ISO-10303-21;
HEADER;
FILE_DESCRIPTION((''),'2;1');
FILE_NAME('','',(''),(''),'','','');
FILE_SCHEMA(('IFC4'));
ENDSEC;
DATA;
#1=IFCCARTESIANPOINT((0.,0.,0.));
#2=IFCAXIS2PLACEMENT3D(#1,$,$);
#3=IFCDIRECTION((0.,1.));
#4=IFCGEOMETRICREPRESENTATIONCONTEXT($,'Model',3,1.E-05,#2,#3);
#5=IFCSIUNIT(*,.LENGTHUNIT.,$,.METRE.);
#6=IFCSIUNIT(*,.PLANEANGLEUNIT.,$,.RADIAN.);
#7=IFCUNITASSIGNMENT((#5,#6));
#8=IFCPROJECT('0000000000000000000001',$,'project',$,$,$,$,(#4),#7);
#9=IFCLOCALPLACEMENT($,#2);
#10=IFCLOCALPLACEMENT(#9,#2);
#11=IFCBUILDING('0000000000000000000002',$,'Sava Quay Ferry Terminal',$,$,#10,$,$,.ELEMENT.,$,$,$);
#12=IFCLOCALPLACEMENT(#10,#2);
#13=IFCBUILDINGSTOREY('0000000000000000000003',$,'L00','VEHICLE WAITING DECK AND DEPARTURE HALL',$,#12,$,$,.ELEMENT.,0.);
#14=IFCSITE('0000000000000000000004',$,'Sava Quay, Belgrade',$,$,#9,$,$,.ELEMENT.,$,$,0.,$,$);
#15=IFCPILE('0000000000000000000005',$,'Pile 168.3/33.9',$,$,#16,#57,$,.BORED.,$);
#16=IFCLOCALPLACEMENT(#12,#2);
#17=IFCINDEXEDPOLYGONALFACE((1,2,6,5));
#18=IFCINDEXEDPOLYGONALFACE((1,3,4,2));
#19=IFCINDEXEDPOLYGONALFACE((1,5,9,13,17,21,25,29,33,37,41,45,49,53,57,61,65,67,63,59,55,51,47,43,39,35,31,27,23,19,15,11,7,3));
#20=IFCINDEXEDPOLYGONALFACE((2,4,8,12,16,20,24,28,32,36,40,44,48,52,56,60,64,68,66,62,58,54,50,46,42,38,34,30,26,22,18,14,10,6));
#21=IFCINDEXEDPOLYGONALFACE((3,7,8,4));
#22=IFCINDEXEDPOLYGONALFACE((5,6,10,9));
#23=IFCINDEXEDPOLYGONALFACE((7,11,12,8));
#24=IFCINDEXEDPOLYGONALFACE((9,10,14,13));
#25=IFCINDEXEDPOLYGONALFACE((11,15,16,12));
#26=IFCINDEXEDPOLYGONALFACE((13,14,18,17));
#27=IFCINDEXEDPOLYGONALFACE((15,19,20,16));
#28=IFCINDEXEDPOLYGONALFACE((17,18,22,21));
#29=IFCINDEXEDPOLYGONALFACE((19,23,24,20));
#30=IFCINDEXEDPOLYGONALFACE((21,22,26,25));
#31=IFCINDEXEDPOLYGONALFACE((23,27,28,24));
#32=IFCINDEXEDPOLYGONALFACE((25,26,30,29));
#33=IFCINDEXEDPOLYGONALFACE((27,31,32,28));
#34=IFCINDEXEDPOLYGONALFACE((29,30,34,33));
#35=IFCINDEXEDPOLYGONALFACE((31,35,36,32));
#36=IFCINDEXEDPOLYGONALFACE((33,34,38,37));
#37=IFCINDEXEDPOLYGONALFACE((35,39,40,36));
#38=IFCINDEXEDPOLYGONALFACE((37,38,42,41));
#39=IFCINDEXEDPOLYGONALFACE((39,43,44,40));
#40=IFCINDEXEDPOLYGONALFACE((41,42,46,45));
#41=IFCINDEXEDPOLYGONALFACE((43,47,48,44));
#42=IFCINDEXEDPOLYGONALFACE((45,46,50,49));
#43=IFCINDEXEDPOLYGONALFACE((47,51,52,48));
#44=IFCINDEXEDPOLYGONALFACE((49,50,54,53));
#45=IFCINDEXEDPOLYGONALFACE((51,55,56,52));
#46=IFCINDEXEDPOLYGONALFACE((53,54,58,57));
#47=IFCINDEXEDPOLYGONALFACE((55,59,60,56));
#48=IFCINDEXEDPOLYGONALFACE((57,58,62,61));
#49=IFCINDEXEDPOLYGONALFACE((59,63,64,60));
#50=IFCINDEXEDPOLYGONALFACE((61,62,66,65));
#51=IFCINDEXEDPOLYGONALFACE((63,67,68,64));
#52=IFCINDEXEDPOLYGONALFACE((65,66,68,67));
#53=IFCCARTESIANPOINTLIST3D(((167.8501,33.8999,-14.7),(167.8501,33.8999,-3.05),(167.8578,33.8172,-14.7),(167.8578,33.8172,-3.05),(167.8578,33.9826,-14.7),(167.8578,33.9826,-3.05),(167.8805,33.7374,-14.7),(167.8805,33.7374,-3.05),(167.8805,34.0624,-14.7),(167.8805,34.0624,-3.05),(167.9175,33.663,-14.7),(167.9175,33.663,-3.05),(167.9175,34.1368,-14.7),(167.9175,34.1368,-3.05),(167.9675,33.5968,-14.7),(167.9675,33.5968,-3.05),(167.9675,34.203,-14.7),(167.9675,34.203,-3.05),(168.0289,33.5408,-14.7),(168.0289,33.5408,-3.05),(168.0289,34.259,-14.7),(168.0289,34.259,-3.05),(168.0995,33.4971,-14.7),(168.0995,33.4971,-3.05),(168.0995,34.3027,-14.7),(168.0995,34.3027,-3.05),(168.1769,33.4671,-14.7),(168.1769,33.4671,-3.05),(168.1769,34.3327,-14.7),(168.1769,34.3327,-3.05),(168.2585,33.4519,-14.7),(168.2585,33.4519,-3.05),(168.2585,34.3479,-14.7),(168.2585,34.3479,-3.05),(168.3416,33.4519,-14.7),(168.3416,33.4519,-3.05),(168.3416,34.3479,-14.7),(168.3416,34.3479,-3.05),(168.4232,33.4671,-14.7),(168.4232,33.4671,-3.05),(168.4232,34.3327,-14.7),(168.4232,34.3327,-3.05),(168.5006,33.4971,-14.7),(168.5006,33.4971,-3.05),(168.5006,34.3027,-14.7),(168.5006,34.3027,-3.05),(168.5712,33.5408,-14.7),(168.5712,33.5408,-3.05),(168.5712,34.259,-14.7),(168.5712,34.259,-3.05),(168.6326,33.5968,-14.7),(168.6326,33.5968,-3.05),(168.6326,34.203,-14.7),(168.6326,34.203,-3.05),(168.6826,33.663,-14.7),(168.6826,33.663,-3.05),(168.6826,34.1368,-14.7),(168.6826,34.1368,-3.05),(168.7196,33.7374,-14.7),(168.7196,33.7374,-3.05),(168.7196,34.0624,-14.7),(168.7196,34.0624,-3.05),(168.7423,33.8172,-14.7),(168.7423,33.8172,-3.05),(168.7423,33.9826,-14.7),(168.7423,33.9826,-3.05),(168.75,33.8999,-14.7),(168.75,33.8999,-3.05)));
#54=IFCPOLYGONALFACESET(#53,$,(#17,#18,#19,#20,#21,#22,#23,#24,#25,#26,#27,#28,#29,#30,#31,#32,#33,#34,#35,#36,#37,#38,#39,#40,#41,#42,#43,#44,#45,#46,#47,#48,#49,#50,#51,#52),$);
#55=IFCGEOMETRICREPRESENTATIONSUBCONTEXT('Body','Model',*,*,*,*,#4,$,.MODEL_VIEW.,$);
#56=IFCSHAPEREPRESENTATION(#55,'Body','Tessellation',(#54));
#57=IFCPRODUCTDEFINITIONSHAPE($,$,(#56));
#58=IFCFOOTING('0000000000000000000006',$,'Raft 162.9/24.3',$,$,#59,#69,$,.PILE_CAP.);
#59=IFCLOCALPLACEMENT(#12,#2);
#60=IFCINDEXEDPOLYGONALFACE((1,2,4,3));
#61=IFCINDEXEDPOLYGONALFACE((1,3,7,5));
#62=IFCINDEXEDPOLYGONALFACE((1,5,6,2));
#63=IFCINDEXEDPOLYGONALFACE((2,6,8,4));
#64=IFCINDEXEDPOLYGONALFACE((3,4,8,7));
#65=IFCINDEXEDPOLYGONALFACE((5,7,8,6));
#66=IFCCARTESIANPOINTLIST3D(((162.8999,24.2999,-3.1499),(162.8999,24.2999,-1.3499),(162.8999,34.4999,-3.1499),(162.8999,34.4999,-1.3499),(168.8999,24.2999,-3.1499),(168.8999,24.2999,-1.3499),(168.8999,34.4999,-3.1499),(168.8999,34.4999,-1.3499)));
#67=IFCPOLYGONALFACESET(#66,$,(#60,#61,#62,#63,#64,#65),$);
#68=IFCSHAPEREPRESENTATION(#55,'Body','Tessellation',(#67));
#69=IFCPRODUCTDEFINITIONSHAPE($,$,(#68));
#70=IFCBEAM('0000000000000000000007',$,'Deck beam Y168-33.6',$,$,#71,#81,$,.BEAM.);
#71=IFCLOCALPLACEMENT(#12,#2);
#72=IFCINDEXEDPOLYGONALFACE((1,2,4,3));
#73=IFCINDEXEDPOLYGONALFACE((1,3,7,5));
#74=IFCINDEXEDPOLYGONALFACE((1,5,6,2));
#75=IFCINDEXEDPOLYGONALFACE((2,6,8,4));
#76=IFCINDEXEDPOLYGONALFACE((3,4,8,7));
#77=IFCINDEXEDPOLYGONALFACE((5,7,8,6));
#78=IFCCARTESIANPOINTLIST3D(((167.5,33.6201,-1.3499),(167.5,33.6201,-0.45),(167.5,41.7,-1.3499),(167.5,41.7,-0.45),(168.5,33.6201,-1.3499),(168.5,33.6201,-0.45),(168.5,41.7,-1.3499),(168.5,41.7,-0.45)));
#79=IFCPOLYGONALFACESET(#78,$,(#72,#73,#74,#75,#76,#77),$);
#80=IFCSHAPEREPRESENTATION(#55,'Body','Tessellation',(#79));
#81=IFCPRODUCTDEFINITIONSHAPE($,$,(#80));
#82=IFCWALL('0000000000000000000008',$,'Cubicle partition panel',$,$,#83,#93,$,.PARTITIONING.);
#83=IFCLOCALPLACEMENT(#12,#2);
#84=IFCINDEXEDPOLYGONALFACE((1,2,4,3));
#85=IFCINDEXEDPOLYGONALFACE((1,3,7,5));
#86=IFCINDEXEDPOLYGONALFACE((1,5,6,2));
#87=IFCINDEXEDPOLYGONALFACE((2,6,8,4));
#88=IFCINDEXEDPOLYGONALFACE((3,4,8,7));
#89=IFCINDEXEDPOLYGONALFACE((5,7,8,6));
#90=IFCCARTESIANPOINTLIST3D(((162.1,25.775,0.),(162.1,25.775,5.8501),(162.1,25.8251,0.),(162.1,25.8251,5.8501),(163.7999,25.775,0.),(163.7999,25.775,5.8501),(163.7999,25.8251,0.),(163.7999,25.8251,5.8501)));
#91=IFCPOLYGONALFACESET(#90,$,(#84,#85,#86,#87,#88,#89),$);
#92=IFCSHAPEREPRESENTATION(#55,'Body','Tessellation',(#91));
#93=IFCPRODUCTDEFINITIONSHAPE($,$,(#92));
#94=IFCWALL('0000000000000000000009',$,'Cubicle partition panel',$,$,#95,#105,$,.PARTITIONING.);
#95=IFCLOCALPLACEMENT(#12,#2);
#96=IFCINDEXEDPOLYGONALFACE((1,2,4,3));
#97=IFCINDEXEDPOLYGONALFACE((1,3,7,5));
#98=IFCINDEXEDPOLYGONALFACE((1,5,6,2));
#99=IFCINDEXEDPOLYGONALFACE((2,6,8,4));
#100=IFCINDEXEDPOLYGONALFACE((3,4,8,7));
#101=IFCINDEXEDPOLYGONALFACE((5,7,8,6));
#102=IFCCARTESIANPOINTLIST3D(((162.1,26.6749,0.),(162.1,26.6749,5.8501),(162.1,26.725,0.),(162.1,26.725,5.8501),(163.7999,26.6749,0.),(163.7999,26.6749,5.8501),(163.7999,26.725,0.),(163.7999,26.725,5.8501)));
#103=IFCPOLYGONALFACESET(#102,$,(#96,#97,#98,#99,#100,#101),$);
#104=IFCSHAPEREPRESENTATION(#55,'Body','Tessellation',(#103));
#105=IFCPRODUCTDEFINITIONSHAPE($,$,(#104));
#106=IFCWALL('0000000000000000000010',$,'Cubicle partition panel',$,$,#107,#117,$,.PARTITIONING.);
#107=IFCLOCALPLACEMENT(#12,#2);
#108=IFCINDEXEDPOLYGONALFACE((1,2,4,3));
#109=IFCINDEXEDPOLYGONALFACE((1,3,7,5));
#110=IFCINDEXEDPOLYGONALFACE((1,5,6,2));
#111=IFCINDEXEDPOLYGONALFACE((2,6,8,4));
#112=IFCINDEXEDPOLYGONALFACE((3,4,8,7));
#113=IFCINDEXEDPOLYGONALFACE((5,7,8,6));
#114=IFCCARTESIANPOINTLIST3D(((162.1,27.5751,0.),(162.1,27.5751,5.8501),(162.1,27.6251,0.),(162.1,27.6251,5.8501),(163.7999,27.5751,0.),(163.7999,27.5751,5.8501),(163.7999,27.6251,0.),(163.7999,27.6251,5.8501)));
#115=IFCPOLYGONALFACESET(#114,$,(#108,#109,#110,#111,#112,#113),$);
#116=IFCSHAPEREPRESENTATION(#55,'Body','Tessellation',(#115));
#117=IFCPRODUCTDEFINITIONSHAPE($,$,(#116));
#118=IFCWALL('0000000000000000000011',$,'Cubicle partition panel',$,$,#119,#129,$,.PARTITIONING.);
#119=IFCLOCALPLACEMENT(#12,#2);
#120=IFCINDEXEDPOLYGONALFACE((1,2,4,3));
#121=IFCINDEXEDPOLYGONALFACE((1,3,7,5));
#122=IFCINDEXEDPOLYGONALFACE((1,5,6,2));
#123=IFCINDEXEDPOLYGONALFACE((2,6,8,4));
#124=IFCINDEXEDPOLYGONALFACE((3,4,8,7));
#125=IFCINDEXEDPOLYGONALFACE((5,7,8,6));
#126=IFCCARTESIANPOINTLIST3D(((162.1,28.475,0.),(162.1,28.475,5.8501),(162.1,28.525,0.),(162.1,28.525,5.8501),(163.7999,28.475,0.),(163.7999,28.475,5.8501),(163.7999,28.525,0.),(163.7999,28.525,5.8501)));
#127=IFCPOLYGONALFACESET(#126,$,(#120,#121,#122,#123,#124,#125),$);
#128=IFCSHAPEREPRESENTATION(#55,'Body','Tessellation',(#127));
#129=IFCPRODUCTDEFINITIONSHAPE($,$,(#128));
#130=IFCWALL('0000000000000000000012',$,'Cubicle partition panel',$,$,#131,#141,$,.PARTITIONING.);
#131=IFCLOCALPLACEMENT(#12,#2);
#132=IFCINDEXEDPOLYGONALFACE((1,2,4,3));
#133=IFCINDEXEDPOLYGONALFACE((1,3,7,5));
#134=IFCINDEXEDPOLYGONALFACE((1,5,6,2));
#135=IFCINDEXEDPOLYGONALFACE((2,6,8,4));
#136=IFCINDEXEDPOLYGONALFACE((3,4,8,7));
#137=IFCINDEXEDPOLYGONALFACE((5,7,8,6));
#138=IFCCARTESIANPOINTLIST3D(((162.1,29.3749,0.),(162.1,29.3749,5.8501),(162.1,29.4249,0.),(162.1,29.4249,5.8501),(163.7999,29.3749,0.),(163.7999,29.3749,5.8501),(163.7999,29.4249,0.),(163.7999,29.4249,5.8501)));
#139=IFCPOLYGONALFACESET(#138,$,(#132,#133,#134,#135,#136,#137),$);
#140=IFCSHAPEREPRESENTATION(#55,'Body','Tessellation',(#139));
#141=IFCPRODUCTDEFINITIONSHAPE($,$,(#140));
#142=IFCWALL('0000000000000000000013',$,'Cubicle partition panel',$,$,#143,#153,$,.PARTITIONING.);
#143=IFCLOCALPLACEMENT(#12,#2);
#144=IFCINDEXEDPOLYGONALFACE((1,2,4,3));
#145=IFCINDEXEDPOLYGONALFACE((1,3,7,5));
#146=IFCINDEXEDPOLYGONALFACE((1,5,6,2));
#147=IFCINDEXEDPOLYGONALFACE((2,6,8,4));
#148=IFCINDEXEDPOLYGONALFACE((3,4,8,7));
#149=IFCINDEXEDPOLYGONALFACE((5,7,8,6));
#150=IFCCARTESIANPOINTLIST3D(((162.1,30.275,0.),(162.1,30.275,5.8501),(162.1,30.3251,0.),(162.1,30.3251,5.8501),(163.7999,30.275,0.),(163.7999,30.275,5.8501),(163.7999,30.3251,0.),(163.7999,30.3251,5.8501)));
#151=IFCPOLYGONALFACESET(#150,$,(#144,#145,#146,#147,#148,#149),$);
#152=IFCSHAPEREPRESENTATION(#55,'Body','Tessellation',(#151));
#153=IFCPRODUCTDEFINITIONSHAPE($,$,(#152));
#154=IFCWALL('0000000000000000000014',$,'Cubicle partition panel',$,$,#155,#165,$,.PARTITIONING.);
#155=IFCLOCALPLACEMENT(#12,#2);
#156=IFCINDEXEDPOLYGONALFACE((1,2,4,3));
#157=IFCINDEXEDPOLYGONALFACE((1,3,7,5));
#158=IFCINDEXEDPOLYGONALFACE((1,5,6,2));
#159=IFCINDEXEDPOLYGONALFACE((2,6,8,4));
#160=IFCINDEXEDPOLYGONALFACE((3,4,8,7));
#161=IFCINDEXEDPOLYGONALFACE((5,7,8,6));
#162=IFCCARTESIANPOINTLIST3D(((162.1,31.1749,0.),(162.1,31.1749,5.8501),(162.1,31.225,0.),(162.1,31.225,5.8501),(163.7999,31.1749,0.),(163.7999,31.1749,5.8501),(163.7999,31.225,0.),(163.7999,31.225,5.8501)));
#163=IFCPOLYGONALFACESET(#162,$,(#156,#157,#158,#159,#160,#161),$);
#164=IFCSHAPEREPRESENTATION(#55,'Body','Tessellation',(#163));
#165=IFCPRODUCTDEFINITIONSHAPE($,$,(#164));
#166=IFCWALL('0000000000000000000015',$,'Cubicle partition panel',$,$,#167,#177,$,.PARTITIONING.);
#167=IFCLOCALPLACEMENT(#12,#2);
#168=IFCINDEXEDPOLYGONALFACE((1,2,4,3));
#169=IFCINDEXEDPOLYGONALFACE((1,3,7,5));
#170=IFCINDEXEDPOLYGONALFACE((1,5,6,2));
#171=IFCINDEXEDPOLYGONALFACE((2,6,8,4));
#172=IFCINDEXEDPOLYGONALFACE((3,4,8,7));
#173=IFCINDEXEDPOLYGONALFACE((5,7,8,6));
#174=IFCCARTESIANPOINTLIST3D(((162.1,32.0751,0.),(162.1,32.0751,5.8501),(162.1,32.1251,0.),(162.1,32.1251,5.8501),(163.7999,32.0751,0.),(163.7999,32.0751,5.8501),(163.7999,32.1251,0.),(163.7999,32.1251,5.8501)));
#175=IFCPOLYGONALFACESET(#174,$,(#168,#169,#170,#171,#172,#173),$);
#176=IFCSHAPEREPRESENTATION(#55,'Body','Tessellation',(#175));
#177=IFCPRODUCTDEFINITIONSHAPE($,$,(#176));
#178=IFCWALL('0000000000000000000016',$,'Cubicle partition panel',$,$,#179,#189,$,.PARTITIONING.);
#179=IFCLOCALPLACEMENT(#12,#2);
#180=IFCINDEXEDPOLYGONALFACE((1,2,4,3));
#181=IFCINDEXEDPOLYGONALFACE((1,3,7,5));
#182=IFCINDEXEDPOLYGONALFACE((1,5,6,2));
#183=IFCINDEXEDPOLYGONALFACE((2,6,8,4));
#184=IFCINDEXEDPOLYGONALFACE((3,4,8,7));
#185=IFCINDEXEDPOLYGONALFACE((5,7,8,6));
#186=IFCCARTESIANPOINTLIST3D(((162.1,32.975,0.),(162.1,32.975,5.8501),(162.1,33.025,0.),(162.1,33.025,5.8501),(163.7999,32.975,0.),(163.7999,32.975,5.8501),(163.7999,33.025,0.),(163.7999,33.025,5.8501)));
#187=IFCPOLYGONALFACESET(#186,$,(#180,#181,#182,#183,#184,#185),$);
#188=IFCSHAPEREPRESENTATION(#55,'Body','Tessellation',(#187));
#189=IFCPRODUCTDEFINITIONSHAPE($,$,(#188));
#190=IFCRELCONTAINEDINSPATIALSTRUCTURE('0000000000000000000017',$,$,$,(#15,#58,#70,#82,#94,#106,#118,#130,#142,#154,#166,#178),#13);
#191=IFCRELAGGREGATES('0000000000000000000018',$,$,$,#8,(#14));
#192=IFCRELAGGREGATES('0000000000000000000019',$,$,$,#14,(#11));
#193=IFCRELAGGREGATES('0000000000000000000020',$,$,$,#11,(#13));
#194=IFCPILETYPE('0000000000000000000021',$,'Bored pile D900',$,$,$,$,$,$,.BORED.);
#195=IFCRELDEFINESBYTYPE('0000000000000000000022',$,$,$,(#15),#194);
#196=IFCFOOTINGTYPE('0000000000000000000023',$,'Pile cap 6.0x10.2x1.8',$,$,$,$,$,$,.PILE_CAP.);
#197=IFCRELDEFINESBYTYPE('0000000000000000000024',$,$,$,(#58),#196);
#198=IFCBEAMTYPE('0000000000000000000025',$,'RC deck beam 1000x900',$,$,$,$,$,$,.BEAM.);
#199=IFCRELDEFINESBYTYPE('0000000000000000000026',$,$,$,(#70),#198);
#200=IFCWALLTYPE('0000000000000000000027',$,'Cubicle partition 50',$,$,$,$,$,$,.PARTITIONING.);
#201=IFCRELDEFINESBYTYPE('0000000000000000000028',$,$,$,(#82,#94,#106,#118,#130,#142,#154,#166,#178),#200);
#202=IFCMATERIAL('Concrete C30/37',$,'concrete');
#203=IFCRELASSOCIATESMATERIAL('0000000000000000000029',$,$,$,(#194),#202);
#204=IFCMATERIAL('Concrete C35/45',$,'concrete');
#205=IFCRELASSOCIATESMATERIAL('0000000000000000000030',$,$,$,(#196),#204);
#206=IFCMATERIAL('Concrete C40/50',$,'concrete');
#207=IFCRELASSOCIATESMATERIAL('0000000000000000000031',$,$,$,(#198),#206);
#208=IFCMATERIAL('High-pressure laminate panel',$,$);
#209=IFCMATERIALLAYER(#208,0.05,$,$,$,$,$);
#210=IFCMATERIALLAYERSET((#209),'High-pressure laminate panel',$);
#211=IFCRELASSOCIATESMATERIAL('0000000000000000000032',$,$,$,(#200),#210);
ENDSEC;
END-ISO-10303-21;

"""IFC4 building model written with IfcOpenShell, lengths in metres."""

from ifc_helpers import new_model, si_unit, direction, frame, frame_2d, origin, origin_2d, place, context, subcontext, project, spatial, rectangle, circle, extrude, material, layer, layer_set, material_profile, profile_set, type_object, element, save


model = new_model("IFC4")

# Units and contexts
model_context = context("Model", 3, precision=1e-05, world=origin(), true_north=direction((0.0, 1.0)))
body_context = subcontext(model_context, "Body", "Model", "MODEL_VIEW")
ifc_project = project(units=[si_unit("LENGTHUNIT", "METRE"), si_unit("PLANEANGLEUNIT", "RADIAN")], contexts=[model_context])

# Site, building, storey
site_placement = place(None, origin())
site = spatial("IfcSite", under=ifc_project, at=site_placement, Name="Sava Quay, Belgrade", CompositionType="ELEMENT", RefElevation=0.0)
building_placement = place(site_placement, origin())
building = spatial("IfcBuilding", under=site, at=building_placement, Name="Sava Quay Ferry Terminal", CompositionType="ELEMENT")
storey_placement = place(building_placement, origin())
storey = spatial("IfcBuildingStorey", under=building, at=storey_placement, Name="L00", Description="VEHICLE WAITING DECK AND DEPARTURE HALL", CompositionType="ELEMENT", Elevation=0.0)

# Pile
ifc_material_1 = material(Name="Concrete C30/37", Category="concrete")
ifc_material_profile_1 = material_profile(ifc_material_1, circle(Radius=0.45, at=origin_2d()), Name="Bored pile D900")
ifc_profile_set_1 = profile_set([ifc_material_profile_1], Name="Concrete C30/37")
pile_type = type_object("IfcPileType", Name="Bored pile D900", PredefinedType="BORED", material=ifc_profile_set_1)
for number, where, z_axis, x_axis, name in (
    (1, (168.3, 33.8999, -3.05), (0.0, 0.0, -1.0), (1.0, 0.0, 0.0), "Pile 168.3/33.9"),
):
    element("IfcPile", number, at=place(storey_placement, frame(where, z_axis=z_axis, x_axis=x_axis)), inside=storey, type_object=pile_type, Name=name, PredefinedType="BORED", context=body_context, shape_type="SweptSolid", body=[
        extrude(circle(Radius=0.45, at=origin_2d()), origin(), (0.0, 0.0, 1.0), 11.6499),
    ])

# Footing
ifc_material_2 = material(Name="Concrete C35/45", Category="concrete")
footing_type = type_object("IfcFootingType", Name="Pile cap 6.0x10.2x1.8", PredefinedType="PILE_CAP", material=ifc_material_2)
footing_placement = place(storey_placement, frame((165.8999, 29.3999, -3.1499), z_axis=(0.0, 0.0, 1.0), x_axis=(1.0, 0.0, 0.0)))
element("IfcFooting", 2, at=footing_placement, inside=storey, type_object=footing_type, Name="Raft 162.9/24.3", PredefinedType="PILE_CAP", context=body_context, shape_type="SweptSolid", body=[
    extrude(rectangle(XDim=6.0, YDim=10.2, at=origin_2d()), origin(), (0.0, 0.0, 1.0), 1.8),
])

# Beam
ifc_material_3 = material(Name="Concrete C40/50", Category="concrete")
ifc_material_profile_2 = material_profile(ifc_material_3, rectangle(XDim=1.0, YDim=0.8999, at=origin_2d()), Name="RC 1000x900")
ifc_profile_set_2 = profile_set([ifc_material_profile_2], Name="Concrete C40/50")
beam_type = type_object("IfcBeamType", Name="RC deck beam 1000x900", PredefinedType="BEAM", material=ifc_profile_set_2)
beam_placement = place(storey_placement, frame((168.0, 33.6201, -0.8999), z_axis=(0.0, 1.0, 0.0), x_axis=(-1.0, 0.0, 0.0)))
element("IfcBeam", 3, at=beam_placement, inside=storey, type_object=beam_type, Name="Deck beam Y168-33.6", PredefinedType="BEAM", context=body_context, shape_type="SweptSolid", body=[
    extrude(rectangle(XDim=1.0, YDim=0.8999, at=origin_2d()), origin(), (0.0, 0.0, 1.0), 8.0798),
])

# Walls
ifc_material_4 = material(Name="High-pressure laminate panel")
ifc_layer_1 = layer(ifc_material_4, 0.05)
ifc_layer_set_1 = layer_set([ifc_layer_1], Name="High-pressure laminate panel")
wall_type_1 = type_object("IfcWallType", Name="Cubicle partition 50", PredefinedType="PARTITIONING", material=ifc_layer_set_1)
for number, where, z_axis, x_axis, name in (
    (4, (163.8, 25.8, 0.0), (0.0, 0.0, 1.0), (-1.0, 0.0, 0.0), "Cubicle partition panel"),
    (5, (163.8, 26.7, 0.0), (0.0, 0.0, 1.0), (-1.0, 0.0, 0.0), "Cubicle partition panel"),
    (6, (163.8, 27.6001, 0.0), (0.0, 0.0, 1.0), (-1.0, 0.0, 0.0), "Cubicle partition panel"),
    (7, (163.8, 28.5, 0.0), (0.0, 0.0, 1.0), (-1.0, 0.0, 0.0), "Cubicle partition panel"),
    (8, (163.8, 29.3999, 0.0), (0.0, 0.0, 1.0), (-1.0, 0.0, 0.0), "Cubicle partition panel"),
    (9, (163.8, 30.3, 0.0), (0.0, 0.0, 1.0), (-1.0, 0.0, 0.0), "Cubicle partition panel"),
    (10, (163.8, 31.2, 0.0), (0.0, 0.0, 1.0), (-1.0, 0.0, 0.0), "Cubicle partition panel"),
    (11, (163.8, 32.1001, 0.0), (0.0, 0.0, 1.0), (-1.0, 0.0, 0.0), "Cubicle partition panel"),
    (12, (163.8, 33.0, 0.0), (0.0, 0.0, 1.0), (-1.0, 0.0, 0.0), "Cubicle partition panel"),
):
    element("IfcWall", number, at=place(storey_placement, frame(where, z_axis=z_axis, x_axis=x_axis)), inside=storey, type_object=wall_type_1, Name=name, PredefinedType="PARTITIONING", context=body_context, shape_type="SweptSolid", body=[
        extrude(rectangle(XDim=1.7, YDim=0.05, at=frame_2d((0.8501, 0.0))), origin(), (0.0, 0.0, 1.0), 5.8501),
    ])

save(model, "model.ifc")
